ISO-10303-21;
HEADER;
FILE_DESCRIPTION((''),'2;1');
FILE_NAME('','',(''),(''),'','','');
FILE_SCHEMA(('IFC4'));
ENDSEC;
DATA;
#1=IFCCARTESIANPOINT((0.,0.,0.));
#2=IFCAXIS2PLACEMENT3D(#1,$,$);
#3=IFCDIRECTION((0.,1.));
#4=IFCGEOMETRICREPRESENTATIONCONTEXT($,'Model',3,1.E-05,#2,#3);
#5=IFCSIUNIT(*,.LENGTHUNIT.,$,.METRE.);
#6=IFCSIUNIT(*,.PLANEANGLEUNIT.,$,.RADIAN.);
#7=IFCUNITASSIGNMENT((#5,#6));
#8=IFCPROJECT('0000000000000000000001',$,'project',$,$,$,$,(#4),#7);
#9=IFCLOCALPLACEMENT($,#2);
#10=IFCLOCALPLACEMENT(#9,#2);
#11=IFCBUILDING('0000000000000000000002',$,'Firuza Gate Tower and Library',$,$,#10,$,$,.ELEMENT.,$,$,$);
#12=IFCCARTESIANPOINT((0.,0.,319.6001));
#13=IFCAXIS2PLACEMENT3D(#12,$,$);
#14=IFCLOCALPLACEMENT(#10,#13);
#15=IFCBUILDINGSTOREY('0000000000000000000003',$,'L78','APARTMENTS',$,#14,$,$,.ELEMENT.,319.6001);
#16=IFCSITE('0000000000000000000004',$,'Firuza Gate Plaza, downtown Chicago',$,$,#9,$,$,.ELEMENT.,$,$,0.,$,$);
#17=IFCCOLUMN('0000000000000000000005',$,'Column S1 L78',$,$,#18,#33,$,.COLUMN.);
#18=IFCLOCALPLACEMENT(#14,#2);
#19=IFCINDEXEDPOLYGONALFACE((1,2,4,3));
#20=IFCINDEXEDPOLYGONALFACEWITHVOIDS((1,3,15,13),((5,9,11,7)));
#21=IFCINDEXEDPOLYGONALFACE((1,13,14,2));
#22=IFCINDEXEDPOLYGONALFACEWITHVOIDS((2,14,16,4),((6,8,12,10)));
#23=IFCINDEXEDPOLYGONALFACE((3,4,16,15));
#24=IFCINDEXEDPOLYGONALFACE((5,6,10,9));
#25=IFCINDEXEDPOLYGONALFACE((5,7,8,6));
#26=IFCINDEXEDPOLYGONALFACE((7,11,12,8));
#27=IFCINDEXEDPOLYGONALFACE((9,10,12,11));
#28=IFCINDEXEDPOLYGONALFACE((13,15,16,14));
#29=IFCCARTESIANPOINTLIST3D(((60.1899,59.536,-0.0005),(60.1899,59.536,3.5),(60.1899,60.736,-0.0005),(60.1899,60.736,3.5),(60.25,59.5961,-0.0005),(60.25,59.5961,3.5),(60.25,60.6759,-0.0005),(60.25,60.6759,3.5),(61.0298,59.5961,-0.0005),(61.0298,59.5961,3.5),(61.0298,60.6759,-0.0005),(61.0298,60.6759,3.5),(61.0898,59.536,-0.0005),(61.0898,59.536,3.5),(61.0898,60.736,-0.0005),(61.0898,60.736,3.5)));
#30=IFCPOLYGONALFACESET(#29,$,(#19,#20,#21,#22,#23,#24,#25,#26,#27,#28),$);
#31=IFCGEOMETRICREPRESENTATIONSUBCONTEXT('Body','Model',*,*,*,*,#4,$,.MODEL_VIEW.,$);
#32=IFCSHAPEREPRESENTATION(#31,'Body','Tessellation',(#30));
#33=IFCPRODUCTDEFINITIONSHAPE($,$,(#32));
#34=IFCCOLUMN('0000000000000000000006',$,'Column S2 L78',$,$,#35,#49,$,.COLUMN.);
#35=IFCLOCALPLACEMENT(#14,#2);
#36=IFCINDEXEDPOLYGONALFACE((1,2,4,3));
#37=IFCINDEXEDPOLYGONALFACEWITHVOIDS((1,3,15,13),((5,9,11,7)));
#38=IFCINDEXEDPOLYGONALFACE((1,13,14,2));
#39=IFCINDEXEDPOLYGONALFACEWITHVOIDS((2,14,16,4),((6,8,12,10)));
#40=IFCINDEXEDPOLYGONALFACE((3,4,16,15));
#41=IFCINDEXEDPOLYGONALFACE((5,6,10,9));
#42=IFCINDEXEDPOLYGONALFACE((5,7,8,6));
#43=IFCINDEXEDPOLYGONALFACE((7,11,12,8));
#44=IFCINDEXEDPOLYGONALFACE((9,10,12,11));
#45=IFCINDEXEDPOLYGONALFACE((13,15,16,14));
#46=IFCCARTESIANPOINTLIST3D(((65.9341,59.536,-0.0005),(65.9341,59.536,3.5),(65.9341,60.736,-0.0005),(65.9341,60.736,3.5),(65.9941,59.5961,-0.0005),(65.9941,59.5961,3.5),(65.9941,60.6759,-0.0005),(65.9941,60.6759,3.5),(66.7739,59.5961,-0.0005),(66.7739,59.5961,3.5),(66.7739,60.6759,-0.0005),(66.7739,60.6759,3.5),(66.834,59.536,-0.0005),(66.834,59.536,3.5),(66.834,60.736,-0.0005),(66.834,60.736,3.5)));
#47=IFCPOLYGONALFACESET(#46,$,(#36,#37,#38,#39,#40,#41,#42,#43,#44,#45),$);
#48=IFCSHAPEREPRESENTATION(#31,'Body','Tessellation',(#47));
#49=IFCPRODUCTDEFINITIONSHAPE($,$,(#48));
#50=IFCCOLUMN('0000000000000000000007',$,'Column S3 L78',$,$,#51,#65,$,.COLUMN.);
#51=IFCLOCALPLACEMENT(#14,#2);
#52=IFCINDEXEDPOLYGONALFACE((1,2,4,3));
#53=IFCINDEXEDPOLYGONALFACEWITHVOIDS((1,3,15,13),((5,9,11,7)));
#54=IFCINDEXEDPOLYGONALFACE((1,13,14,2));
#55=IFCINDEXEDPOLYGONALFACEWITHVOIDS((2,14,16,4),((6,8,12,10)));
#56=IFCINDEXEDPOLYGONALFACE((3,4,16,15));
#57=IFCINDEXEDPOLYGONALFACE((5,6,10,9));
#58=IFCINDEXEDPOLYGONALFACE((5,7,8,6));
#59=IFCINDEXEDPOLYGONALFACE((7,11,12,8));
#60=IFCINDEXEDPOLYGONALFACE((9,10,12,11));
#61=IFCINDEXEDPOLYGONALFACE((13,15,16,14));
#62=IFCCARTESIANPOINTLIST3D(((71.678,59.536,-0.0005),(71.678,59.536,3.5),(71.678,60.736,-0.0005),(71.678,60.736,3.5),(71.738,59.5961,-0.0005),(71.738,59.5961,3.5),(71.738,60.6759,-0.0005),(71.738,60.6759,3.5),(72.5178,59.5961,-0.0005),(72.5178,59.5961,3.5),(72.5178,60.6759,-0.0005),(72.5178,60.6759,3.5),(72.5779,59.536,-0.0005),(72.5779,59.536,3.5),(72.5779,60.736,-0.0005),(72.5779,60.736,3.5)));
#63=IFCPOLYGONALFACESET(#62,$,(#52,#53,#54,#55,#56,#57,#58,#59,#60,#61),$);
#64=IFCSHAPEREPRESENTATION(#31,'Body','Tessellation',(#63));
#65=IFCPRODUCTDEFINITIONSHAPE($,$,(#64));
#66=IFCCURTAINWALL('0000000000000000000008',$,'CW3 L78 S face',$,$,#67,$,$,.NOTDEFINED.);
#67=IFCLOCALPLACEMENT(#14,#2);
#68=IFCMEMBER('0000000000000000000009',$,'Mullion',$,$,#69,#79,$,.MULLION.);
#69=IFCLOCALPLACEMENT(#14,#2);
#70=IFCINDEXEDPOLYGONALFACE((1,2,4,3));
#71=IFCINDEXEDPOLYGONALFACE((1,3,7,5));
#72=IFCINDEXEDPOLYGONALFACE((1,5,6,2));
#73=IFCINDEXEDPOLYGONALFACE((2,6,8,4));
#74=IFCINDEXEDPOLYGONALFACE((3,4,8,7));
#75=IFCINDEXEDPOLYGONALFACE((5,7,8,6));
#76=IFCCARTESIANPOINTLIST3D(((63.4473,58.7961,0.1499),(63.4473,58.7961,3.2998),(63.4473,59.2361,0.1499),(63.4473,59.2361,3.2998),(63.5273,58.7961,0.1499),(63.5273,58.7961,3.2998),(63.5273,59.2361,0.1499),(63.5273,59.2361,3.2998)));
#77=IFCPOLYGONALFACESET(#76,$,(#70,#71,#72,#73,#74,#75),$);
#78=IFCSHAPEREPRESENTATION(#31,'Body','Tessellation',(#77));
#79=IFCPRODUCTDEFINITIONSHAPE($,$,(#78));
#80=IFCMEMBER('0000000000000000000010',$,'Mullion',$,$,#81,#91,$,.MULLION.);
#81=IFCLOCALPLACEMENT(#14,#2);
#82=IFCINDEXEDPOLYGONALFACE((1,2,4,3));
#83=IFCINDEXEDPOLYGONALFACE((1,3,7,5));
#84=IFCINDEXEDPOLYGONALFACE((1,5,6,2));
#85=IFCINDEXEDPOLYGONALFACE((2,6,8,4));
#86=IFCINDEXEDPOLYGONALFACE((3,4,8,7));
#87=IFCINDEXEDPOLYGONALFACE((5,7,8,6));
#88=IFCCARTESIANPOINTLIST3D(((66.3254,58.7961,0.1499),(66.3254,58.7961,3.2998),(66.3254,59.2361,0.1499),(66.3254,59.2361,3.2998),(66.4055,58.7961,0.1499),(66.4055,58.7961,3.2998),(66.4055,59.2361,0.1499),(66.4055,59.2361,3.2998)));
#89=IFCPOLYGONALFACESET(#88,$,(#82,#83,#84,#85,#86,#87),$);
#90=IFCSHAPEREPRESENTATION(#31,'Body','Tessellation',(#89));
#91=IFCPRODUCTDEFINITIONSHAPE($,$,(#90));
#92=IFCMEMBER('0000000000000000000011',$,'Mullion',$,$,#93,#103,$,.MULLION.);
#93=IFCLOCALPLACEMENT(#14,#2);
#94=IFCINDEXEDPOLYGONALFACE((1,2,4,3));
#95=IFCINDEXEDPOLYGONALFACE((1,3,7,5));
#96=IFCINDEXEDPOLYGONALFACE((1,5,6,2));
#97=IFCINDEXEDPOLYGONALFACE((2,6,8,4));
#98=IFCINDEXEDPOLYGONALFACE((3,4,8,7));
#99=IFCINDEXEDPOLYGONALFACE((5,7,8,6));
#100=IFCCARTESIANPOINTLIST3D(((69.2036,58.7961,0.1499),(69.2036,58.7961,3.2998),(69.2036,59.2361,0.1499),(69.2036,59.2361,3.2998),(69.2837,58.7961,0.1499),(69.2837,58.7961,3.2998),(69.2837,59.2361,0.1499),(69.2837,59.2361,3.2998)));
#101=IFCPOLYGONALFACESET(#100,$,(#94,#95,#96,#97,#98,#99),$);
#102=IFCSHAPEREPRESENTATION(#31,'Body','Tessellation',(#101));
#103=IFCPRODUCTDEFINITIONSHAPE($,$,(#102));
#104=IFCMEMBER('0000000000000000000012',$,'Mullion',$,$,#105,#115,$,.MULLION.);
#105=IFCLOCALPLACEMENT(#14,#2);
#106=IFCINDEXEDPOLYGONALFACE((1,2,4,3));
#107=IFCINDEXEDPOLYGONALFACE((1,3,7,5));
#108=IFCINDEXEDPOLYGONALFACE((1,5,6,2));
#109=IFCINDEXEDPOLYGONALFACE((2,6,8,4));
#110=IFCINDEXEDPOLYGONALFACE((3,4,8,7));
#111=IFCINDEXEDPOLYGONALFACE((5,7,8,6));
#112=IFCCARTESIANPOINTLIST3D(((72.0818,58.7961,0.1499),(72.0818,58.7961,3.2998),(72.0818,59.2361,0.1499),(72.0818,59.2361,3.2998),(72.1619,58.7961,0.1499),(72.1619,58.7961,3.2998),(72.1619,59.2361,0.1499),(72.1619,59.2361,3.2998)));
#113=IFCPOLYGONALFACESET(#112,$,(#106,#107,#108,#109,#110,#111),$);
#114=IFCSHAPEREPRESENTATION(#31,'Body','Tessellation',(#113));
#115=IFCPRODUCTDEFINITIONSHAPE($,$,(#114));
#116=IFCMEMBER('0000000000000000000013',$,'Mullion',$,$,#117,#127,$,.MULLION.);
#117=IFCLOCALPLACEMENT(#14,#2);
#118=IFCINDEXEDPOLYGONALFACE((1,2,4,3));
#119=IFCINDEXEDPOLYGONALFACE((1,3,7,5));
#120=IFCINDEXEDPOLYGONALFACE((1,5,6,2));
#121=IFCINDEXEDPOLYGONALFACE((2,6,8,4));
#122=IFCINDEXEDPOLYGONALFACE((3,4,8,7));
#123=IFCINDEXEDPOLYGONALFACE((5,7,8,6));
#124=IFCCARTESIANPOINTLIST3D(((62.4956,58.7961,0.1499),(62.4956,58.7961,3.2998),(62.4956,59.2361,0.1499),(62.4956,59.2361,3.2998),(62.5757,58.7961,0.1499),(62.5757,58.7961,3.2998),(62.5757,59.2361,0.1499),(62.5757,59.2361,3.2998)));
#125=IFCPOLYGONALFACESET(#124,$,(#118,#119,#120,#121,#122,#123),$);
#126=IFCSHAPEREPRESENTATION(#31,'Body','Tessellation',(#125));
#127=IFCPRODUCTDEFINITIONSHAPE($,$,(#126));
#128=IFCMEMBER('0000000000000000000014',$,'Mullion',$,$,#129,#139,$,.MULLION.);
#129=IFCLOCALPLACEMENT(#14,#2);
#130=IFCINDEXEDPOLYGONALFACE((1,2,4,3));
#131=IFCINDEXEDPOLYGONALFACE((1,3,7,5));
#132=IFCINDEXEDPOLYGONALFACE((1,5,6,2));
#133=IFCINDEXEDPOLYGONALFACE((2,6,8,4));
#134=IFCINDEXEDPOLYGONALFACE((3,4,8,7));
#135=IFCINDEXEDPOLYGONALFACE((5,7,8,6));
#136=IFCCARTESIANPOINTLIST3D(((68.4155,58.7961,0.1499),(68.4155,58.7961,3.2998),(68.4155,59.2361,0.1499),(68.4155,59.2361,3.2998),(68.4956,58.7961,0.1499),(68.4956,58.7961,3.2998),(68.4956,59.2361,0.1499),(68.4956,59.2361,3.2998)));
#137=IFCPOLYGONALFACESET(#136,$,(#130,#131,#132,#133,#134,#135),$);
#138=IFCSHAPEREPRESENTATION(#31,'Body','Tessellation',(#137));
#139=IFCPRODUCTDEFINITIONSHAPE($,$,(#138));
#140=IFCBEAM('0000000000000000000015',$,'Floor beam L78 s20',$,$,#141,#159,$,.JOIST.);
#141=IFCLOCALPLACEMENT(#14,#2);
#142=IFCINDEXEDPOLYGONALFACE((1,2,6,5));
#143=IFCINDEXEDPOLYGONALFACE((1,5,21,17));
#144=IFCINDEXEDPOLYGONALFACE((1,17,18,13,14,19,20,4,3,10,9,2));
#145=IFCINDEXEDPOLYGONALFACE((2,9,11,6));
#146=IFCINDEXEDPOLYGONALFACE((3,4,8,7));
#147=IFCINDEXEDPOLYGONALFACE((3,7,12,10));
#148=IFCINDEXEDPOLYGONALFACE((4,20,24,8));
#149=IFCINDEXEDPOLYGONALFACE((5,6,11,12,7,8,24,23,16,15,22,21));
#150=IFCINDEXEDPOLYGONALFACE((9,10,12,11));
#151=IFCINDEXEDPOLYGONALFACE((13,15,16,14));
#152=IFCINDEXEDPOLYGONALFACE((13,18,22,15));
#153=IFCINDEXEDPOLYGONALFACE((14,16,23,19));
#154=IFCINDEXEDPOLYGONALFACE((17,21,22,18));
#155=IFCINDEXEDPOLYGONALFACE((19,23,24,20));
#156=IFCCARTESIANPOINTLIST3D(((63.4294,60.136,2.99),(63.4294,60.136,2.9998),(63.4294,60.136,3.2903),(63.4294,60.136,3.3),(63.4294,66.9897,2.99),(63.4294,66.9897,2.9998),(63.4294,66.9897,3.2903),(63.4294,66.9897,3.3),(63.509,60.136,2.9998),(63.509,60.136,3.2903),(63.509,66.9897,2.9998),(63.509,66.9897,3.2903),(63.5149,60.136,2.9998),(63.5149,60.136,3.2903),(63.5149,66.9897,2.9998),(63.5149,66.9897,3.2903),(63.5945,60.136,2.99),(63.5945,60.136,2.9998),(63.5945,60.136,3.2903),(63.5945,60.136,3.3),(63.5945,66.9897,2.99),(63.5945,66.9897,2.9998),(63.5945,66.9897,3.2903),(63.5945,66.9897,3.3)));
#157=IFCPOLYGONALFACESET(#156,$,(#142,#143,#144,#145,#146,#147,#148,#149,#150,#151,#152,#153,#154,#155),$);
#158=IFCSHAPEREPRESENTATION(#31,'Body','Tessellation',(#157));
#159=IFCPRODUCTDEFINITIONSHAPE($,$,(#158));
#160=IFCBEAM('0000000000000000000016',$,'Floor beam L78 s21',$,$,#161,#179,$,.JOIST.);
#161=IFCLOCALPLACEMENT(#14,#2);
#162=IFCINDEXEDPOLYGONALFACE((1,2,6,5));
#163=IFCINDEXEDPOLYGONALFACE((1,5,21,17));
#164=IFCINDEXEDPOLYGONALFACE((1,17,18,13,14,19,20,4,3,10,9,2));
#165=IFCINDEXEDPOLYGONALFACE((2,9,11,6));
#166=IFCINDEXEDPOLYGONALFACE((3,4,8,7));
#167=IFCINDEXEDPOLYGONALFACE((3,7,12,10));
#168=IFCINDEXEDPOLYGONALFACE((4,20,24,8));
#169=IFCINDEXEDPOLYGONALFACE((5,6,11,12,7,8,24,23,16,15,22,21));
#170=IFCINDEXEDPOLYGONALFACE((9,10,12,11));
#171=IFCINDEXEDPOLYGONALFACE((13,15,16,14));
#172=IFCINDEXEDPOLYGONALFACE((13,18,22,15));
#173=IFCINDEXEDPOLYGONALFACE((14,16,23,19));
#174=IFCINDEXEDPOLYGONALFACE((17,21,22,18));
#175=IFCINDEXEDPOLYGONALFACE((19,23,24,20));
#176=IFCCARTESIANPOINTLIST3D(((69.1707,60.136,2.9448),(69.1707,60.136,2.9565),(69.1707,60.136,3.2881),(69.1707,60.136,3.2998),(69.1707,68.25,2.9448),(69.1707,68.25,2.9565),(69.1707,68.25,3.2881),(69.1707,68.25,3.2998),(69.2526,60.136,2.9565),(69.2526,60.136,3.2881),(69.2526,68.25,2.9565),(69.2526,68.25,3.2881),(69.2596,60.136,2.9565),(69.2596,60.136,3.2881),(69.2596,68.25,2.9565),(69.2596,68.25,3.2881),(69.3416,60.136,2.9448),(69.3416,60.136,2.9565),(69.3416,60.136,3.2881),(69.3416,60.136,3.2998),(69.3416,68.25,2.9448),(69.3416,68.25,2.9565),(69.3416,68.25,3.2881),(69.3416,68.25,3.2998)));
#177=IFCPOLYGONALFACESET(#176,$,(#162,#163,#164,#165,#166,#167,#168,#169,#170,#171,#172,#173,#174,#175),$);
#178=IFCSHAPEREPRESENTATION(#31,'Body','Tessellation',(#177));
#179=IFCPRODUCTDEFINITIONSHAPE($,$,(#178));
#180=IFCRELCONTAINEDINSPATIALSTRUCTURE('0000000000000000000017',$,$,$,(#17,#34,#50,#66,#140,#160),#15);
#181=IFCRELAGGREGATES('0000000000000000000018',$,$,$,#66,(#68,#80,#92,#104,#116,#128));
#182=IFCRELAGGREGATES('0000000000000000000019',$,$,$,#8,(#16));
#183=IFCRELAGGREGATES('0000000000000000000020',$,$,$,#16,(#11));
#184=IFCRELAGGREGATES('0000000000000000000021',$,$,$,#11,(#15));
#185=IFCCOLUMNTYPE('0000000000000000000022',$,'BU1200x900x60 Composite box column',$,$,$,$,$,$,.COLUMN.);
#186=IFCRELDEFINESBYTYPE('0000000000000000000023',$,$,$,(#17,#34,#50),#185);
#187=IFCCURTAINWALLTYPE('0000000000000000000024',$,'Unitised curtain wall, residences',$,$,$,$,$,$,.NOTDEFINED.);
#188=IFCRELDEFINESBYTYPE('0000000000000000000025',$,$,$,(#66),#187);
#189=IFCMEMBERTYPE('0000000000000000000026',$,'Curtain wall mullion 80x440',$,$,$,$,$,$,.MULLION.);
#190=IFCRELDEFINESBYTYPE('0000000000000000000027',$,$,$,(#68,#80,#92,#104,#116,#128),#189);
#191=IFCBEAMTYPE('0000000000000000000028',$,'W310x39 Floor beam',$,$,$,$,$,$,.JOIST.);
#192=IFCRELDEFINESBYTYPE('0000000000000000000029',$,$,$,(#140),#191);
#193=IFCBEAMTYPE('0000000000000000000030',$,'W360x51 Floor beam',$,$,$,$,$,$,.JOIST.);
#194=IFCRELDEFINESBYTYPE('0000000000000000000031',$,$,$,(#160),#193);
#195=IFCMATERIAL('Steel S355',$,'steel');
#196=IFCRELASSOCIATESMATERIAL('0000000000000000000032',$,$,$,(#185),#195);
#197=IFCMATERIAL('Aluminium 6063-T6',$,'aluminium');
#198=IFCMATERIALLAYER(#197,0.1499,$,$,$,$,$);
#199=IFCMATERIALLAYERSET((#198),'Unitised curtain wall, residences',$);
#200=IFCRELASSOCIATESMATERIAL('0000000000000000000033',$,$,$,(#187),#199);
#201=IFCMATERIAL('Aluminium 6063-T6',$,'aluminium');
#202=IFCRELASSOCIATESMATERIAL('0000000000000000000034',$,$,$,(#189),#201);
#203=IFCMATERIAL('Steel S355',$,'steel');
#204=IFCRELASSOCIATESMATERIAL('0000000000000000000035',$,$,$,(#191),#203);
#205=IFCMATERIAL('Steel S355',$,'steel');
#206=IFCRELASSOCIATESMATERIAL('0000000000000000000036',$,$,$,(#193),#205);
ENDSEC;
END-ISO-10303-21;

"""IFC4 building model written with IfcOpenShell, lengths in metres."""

from ifc_helpers import new_model, si_unit, direction, frame, origin, origin_2d, place, context, subcontext, project, spatial, rectangle, hollow_rectangle, i_section, extrude, material, layer, layer_set, material_profile, profile_set, type_object, element, aggregate, save


model = new_model("IFC4")

# Units and contexts
model_context = context("Model", 3, precision=1e-05, world=origin(), true_north=direction((0.0, 1.0)))
body_context = subcontext(model_context, "Body", "Model", "MODEL_VIEW")
ifc_project = project(units=[si_unit("LENGTHUNIT", "METRE"), si_unit("PLANEANGLEUNIT", "RADIAN")], contexts=[model_context])

# Site, building, storey
site_placement = place(None, origin())
site = spatial("IfcSite", under=ifc_project, at=site_placement, Name="Firuza Gate Plaza, downtown Chicago", CompositionType="ELEMENT", RefElevation=0.0)
building_placement = place(site_placement, origin())
building = spatial("IfcBuilding", under=site, at=building_placement, Name="Firuza Gate Tower and Library", CompositionType="ELEMENT")
storey_placement = place(building_placement, frame((0.0, 0.0, 319.6001)))
storey = spatial("IfcBuildingStorey", under=building, at=storey_placement, Name="L78", Description="APARTMENTS", CompositionType="ELEMENT", Elevation=319.6001)

# Columns
ifc_material_1 = material(Name="Steel S355", Category="steel")
ifc_material_profile_1 = material_profile(ifc_material_1, hollow_rectangle(XDim=0.8999, YDim=1.2, WallThickness=0.0601, at=origin_2d()))
ifc_profile_set_1 = profile_set([ifc_material_profile_1], Name="Steel S355")
column_type = type_object("IfcColumnType", Name="BU1200x900x60 Composite box column", PredefinedType="COLUMN", material=ifc_profile_set_1)
for number, where, z_axis, x_axis, name in (
    (1, (60.6399, 60.136, -0.0005), (0.0, 0.0, 1.0), (1.0, 0.0, 0.0), "Column S1 L78"),
    (2, (66.384, 60.136, -0.0005), (0.0, 0.0, 1.0), (1.0, 0.0, 0.0), "Column S2 L78"),
    (3, (72.1279, 60.136, -0.0005), (0.0, 0.0, 1.0), (1.0, 0.0, 0.0), "Column S3 L78"),
):
    element("IfcColumn", number, at=place(storey_placement, frame(where, z_axis=z_axis, x_axis=x_axis)), inside=storey, type_object=column_type, Name=name, PredefinedType="COLUMN", context=body_context, shape_type="SweptSolid", body=[
        extrude(hollow_rectangle(XDim=0.8999, YDim=1.2, WallThickness=0.0601, at=origin_2d()), origin(), (0.0, 0.0, 1.0), 3.5005),
    ])

# Curtain wall, members
ifc_material_2 = material(Name="Aluminium 6063-T6", Category="aluminium")
ifc_layer_1 = layer(ifc_material_2, 0.1499)
ifc_layer_set_1 = layer_set([ifc_layer_1], Name="Unitised curtain wall, residences")
curtain_wall_type = type_object("IfcCurtainWallType", Name="Unitised curtain wall, residences", PredefinedType="NOTDEFINED", material=ifc_layer_set_1)
curtain_wall_placement = place(storey_placement, origin())
curtain_wall = element("IfcCurtainWall", 4, at=curtain_wall_placement, inside=storey, type_object=curtain_wall_type, Name="CW3 L78 S face", PredefinedType="NOTDEFINED")
ifc_material_3 = material(Name="Aluminium 6063-T6", Category="aluminium")
ifc_material_profile_2 = material_profile(ifc_material_3, rectangle(XDim=0.4399, YDim=0.0801, at=origin_2d()))
ifc_profile_set_2 = profile_set([ifc_material_profile_2], Name="Aluminium 6063-T6")
member_type = type_object("IfcMemberType", Name="Curtain wall mullion 80x440", PredefinedType="MULLION", material=ifc_profile_set_2)
member_1_placement = place(storey_placement, frame((63.4873, 59.0161, 0.1499), z_axis=(0.0, 0.0, 1.0), x_axis=(0.0, 1.0, 0.0)))
member_1 = element("IfcMember", 5, at=member_1_placement, type_object=member_type, Name="Mullion", PredefinedType="MULLION", context=body_context, shape_type="SweptSolid", body=[
    extrude(rectangle(XDim=0.4399, YDim=0.0801, at=origin_2d()), origin(), (0.0, 0.0, 1.0), 3.1499),
])
member_2_placement = place(storey_placement, frame((66.3655, 59.0161, 0.1499), z_axis=(0.0, 0.0, 1.0), x_axis=(0.0, 1.0, 0.0)))
member_2 = element("IfcMember", 6, at=member_2_placement, type_object=member_type, Name="Mullion", PredefinedType="MULLION", context=body_context, shape_type="SweptSolid", body=[
    extrude(rectangle(XDim=0.4399, YDim=0.0801, at=origin_2d()), origin(), (0.0, 0.0, 1.0), 3.1499),
])
member_3_placement = place(storey_placement, frame((69.2437, 59.0161, 0.1499), z_axis=(0.0, 0.0, 1.0), x_axis=(0.0, 1.0, 0.0)))
member_3 = element("IfcMember", 7, at=member_3_placement, type_object=member_type, Name="Mullion", PredefinedType="MULLION", context=body_context, shape_type="SweptSolid", body=[
    extrude(rectangle(XDim=0.4399, YDim=0.0801, at=origin_2d()), origin(), (0.0, 0.0, 1.0), 3.1499),
])
member_4_placement = place(storey_placement, frame((72.1218, 59.0161, 0.1499), z_axis=(0.0, 0.0, 1.0), x_axis=(0.0, 1.0, 0.0)))
member_4 = element("IfcMember", 8, at=member_4_placement, type_object=member_type, Name="Mullion", PredefinedType="MULLION", context=body_context, shape_type="SweptSolid", body=[
    extrude(rectangle(XDim=0.4399, YDim=0.0801, at=origin_2d()), origin(), (0.0, 0.0, 1.0), 3.1499),
])
member_5_placement = place(storey_placement, frame((62.5356, 59.0161, 0.1499), z_axis=(0.0, 0.0, 1.0), x_axis=(0.0, 1.0, 0.0)))
member_5 = element("IfcMember", 9, at=member_5_placement, type_object=member_type, Name="Mullion", PredefinedType="MULLION", context=body_context, shape_type="SweptSolid", body=[
    extrude(rectangle(XDim=0.4399, YDim=0.0801, at=origin_2d()), origin(), (0.0, 0.0, 1.0), 3.1499),
])
member_6_placement = place(storey_placement, frame((68.4556, 59.0161, 0.1499), z_axis=(0.0, 0.0, 1.0), x_axis=(0.0, 1.0, 0.0)))
member_6 = element("IfcMember", 10, at=member_6_placement, type_object=member_type, Name="Mullion", PredefinedType="MULLION", context=body_context, shape_type="SweptSolid", body=[
    extrude(rectangle(XDim=0.4399, YDim=0.0801, at=origin_2d()), origin(), (0.0, 0.0, 1.0), 3.1499),
])

# Beams
ifc_material_4 = material(Name="Steel S355", Category="steel")
ifc_material_profile_3 = material_profile(ifc_material_4, i_section(OverallWidth=0.165, OverallDepth=0.3101, WebThickness=0.0059, FlangeThickness=0.0098, at=origin_2d()))
ifc_profile_set_3 = profile_set([ifc_material_profile_3], Name="Steel S355")
beam_type_1 = type_object("IfcBeamType", Name="W310x39 Floor beam", PredefinedType="JOIST", material=ifc_profile_set_3)
beam_1_placement = place(storey_placement, frame((63.512, 60.136, 3.145), z_axis=(0.0, 1.0, 0.0), x_axis=(-1.0, 0.0, 0.0)))
element("IfcBeam", 11, at=beam_1_placement, inside=storey, type_object=beam_type_1, Name="Floor beam L78 s20", PredefinedType="JOIST", context=body_context, shape_type="SweptSolid", body=[
    extrude(i_section(OverallWidth=0.165, OverallDepth=0.3101, WebThickness=0.0059, FlangeThickness=0.0098, at=origin_2d()), origin(), (0.0, 0.0, 1.0), 6.8538),
])
ifc_material_5 = material(Name="Steel S355", Category="steel")
ifc_material_profile_4 = material_profile(ifc_material_5, i_section(OverallWidth=0.1709, OverallDepth=0.355, WebThickness=0.0071, FlangeThickness=0.0117, at=origin_2d()))
ifc_profile_set_4 = profile_set([ifc_material_profile_4], Name="Steel S355")
beam_type_2 = type_object("IfcBeamType", Name="W360x51 Floor beam", PredefinedType="JOIST", material=ifc_profile_set_4)
beam_2_placement = place(storey_placement, frame((69.2561, 60.136, 3.1223), z_axis=(0.0, 1.0, 0.0), x_axis=(-1.0, 0.0, 0.0)))
element("IfcBeam", 12, at=beam_2_placement, inside=storey, type_object=beam_type_2, Name="Floor beam L78 s21", PredefinedType="JOIST", context=body_context, shape_type="SweptSolid", body=[
    extrude(i_section(OverallWidth=0.1709, OverallDepth=0.355, WebThickness=0.0071, FlangeThickness=0.0117, at=origin_2d()), origin(), (0.0, 0.0, 1.0), 8.114),
])

aggregate(curtain_wall, [member_1, member_2, member_3, member_4, member_5, member_6])

save(model, "model.ifc")
